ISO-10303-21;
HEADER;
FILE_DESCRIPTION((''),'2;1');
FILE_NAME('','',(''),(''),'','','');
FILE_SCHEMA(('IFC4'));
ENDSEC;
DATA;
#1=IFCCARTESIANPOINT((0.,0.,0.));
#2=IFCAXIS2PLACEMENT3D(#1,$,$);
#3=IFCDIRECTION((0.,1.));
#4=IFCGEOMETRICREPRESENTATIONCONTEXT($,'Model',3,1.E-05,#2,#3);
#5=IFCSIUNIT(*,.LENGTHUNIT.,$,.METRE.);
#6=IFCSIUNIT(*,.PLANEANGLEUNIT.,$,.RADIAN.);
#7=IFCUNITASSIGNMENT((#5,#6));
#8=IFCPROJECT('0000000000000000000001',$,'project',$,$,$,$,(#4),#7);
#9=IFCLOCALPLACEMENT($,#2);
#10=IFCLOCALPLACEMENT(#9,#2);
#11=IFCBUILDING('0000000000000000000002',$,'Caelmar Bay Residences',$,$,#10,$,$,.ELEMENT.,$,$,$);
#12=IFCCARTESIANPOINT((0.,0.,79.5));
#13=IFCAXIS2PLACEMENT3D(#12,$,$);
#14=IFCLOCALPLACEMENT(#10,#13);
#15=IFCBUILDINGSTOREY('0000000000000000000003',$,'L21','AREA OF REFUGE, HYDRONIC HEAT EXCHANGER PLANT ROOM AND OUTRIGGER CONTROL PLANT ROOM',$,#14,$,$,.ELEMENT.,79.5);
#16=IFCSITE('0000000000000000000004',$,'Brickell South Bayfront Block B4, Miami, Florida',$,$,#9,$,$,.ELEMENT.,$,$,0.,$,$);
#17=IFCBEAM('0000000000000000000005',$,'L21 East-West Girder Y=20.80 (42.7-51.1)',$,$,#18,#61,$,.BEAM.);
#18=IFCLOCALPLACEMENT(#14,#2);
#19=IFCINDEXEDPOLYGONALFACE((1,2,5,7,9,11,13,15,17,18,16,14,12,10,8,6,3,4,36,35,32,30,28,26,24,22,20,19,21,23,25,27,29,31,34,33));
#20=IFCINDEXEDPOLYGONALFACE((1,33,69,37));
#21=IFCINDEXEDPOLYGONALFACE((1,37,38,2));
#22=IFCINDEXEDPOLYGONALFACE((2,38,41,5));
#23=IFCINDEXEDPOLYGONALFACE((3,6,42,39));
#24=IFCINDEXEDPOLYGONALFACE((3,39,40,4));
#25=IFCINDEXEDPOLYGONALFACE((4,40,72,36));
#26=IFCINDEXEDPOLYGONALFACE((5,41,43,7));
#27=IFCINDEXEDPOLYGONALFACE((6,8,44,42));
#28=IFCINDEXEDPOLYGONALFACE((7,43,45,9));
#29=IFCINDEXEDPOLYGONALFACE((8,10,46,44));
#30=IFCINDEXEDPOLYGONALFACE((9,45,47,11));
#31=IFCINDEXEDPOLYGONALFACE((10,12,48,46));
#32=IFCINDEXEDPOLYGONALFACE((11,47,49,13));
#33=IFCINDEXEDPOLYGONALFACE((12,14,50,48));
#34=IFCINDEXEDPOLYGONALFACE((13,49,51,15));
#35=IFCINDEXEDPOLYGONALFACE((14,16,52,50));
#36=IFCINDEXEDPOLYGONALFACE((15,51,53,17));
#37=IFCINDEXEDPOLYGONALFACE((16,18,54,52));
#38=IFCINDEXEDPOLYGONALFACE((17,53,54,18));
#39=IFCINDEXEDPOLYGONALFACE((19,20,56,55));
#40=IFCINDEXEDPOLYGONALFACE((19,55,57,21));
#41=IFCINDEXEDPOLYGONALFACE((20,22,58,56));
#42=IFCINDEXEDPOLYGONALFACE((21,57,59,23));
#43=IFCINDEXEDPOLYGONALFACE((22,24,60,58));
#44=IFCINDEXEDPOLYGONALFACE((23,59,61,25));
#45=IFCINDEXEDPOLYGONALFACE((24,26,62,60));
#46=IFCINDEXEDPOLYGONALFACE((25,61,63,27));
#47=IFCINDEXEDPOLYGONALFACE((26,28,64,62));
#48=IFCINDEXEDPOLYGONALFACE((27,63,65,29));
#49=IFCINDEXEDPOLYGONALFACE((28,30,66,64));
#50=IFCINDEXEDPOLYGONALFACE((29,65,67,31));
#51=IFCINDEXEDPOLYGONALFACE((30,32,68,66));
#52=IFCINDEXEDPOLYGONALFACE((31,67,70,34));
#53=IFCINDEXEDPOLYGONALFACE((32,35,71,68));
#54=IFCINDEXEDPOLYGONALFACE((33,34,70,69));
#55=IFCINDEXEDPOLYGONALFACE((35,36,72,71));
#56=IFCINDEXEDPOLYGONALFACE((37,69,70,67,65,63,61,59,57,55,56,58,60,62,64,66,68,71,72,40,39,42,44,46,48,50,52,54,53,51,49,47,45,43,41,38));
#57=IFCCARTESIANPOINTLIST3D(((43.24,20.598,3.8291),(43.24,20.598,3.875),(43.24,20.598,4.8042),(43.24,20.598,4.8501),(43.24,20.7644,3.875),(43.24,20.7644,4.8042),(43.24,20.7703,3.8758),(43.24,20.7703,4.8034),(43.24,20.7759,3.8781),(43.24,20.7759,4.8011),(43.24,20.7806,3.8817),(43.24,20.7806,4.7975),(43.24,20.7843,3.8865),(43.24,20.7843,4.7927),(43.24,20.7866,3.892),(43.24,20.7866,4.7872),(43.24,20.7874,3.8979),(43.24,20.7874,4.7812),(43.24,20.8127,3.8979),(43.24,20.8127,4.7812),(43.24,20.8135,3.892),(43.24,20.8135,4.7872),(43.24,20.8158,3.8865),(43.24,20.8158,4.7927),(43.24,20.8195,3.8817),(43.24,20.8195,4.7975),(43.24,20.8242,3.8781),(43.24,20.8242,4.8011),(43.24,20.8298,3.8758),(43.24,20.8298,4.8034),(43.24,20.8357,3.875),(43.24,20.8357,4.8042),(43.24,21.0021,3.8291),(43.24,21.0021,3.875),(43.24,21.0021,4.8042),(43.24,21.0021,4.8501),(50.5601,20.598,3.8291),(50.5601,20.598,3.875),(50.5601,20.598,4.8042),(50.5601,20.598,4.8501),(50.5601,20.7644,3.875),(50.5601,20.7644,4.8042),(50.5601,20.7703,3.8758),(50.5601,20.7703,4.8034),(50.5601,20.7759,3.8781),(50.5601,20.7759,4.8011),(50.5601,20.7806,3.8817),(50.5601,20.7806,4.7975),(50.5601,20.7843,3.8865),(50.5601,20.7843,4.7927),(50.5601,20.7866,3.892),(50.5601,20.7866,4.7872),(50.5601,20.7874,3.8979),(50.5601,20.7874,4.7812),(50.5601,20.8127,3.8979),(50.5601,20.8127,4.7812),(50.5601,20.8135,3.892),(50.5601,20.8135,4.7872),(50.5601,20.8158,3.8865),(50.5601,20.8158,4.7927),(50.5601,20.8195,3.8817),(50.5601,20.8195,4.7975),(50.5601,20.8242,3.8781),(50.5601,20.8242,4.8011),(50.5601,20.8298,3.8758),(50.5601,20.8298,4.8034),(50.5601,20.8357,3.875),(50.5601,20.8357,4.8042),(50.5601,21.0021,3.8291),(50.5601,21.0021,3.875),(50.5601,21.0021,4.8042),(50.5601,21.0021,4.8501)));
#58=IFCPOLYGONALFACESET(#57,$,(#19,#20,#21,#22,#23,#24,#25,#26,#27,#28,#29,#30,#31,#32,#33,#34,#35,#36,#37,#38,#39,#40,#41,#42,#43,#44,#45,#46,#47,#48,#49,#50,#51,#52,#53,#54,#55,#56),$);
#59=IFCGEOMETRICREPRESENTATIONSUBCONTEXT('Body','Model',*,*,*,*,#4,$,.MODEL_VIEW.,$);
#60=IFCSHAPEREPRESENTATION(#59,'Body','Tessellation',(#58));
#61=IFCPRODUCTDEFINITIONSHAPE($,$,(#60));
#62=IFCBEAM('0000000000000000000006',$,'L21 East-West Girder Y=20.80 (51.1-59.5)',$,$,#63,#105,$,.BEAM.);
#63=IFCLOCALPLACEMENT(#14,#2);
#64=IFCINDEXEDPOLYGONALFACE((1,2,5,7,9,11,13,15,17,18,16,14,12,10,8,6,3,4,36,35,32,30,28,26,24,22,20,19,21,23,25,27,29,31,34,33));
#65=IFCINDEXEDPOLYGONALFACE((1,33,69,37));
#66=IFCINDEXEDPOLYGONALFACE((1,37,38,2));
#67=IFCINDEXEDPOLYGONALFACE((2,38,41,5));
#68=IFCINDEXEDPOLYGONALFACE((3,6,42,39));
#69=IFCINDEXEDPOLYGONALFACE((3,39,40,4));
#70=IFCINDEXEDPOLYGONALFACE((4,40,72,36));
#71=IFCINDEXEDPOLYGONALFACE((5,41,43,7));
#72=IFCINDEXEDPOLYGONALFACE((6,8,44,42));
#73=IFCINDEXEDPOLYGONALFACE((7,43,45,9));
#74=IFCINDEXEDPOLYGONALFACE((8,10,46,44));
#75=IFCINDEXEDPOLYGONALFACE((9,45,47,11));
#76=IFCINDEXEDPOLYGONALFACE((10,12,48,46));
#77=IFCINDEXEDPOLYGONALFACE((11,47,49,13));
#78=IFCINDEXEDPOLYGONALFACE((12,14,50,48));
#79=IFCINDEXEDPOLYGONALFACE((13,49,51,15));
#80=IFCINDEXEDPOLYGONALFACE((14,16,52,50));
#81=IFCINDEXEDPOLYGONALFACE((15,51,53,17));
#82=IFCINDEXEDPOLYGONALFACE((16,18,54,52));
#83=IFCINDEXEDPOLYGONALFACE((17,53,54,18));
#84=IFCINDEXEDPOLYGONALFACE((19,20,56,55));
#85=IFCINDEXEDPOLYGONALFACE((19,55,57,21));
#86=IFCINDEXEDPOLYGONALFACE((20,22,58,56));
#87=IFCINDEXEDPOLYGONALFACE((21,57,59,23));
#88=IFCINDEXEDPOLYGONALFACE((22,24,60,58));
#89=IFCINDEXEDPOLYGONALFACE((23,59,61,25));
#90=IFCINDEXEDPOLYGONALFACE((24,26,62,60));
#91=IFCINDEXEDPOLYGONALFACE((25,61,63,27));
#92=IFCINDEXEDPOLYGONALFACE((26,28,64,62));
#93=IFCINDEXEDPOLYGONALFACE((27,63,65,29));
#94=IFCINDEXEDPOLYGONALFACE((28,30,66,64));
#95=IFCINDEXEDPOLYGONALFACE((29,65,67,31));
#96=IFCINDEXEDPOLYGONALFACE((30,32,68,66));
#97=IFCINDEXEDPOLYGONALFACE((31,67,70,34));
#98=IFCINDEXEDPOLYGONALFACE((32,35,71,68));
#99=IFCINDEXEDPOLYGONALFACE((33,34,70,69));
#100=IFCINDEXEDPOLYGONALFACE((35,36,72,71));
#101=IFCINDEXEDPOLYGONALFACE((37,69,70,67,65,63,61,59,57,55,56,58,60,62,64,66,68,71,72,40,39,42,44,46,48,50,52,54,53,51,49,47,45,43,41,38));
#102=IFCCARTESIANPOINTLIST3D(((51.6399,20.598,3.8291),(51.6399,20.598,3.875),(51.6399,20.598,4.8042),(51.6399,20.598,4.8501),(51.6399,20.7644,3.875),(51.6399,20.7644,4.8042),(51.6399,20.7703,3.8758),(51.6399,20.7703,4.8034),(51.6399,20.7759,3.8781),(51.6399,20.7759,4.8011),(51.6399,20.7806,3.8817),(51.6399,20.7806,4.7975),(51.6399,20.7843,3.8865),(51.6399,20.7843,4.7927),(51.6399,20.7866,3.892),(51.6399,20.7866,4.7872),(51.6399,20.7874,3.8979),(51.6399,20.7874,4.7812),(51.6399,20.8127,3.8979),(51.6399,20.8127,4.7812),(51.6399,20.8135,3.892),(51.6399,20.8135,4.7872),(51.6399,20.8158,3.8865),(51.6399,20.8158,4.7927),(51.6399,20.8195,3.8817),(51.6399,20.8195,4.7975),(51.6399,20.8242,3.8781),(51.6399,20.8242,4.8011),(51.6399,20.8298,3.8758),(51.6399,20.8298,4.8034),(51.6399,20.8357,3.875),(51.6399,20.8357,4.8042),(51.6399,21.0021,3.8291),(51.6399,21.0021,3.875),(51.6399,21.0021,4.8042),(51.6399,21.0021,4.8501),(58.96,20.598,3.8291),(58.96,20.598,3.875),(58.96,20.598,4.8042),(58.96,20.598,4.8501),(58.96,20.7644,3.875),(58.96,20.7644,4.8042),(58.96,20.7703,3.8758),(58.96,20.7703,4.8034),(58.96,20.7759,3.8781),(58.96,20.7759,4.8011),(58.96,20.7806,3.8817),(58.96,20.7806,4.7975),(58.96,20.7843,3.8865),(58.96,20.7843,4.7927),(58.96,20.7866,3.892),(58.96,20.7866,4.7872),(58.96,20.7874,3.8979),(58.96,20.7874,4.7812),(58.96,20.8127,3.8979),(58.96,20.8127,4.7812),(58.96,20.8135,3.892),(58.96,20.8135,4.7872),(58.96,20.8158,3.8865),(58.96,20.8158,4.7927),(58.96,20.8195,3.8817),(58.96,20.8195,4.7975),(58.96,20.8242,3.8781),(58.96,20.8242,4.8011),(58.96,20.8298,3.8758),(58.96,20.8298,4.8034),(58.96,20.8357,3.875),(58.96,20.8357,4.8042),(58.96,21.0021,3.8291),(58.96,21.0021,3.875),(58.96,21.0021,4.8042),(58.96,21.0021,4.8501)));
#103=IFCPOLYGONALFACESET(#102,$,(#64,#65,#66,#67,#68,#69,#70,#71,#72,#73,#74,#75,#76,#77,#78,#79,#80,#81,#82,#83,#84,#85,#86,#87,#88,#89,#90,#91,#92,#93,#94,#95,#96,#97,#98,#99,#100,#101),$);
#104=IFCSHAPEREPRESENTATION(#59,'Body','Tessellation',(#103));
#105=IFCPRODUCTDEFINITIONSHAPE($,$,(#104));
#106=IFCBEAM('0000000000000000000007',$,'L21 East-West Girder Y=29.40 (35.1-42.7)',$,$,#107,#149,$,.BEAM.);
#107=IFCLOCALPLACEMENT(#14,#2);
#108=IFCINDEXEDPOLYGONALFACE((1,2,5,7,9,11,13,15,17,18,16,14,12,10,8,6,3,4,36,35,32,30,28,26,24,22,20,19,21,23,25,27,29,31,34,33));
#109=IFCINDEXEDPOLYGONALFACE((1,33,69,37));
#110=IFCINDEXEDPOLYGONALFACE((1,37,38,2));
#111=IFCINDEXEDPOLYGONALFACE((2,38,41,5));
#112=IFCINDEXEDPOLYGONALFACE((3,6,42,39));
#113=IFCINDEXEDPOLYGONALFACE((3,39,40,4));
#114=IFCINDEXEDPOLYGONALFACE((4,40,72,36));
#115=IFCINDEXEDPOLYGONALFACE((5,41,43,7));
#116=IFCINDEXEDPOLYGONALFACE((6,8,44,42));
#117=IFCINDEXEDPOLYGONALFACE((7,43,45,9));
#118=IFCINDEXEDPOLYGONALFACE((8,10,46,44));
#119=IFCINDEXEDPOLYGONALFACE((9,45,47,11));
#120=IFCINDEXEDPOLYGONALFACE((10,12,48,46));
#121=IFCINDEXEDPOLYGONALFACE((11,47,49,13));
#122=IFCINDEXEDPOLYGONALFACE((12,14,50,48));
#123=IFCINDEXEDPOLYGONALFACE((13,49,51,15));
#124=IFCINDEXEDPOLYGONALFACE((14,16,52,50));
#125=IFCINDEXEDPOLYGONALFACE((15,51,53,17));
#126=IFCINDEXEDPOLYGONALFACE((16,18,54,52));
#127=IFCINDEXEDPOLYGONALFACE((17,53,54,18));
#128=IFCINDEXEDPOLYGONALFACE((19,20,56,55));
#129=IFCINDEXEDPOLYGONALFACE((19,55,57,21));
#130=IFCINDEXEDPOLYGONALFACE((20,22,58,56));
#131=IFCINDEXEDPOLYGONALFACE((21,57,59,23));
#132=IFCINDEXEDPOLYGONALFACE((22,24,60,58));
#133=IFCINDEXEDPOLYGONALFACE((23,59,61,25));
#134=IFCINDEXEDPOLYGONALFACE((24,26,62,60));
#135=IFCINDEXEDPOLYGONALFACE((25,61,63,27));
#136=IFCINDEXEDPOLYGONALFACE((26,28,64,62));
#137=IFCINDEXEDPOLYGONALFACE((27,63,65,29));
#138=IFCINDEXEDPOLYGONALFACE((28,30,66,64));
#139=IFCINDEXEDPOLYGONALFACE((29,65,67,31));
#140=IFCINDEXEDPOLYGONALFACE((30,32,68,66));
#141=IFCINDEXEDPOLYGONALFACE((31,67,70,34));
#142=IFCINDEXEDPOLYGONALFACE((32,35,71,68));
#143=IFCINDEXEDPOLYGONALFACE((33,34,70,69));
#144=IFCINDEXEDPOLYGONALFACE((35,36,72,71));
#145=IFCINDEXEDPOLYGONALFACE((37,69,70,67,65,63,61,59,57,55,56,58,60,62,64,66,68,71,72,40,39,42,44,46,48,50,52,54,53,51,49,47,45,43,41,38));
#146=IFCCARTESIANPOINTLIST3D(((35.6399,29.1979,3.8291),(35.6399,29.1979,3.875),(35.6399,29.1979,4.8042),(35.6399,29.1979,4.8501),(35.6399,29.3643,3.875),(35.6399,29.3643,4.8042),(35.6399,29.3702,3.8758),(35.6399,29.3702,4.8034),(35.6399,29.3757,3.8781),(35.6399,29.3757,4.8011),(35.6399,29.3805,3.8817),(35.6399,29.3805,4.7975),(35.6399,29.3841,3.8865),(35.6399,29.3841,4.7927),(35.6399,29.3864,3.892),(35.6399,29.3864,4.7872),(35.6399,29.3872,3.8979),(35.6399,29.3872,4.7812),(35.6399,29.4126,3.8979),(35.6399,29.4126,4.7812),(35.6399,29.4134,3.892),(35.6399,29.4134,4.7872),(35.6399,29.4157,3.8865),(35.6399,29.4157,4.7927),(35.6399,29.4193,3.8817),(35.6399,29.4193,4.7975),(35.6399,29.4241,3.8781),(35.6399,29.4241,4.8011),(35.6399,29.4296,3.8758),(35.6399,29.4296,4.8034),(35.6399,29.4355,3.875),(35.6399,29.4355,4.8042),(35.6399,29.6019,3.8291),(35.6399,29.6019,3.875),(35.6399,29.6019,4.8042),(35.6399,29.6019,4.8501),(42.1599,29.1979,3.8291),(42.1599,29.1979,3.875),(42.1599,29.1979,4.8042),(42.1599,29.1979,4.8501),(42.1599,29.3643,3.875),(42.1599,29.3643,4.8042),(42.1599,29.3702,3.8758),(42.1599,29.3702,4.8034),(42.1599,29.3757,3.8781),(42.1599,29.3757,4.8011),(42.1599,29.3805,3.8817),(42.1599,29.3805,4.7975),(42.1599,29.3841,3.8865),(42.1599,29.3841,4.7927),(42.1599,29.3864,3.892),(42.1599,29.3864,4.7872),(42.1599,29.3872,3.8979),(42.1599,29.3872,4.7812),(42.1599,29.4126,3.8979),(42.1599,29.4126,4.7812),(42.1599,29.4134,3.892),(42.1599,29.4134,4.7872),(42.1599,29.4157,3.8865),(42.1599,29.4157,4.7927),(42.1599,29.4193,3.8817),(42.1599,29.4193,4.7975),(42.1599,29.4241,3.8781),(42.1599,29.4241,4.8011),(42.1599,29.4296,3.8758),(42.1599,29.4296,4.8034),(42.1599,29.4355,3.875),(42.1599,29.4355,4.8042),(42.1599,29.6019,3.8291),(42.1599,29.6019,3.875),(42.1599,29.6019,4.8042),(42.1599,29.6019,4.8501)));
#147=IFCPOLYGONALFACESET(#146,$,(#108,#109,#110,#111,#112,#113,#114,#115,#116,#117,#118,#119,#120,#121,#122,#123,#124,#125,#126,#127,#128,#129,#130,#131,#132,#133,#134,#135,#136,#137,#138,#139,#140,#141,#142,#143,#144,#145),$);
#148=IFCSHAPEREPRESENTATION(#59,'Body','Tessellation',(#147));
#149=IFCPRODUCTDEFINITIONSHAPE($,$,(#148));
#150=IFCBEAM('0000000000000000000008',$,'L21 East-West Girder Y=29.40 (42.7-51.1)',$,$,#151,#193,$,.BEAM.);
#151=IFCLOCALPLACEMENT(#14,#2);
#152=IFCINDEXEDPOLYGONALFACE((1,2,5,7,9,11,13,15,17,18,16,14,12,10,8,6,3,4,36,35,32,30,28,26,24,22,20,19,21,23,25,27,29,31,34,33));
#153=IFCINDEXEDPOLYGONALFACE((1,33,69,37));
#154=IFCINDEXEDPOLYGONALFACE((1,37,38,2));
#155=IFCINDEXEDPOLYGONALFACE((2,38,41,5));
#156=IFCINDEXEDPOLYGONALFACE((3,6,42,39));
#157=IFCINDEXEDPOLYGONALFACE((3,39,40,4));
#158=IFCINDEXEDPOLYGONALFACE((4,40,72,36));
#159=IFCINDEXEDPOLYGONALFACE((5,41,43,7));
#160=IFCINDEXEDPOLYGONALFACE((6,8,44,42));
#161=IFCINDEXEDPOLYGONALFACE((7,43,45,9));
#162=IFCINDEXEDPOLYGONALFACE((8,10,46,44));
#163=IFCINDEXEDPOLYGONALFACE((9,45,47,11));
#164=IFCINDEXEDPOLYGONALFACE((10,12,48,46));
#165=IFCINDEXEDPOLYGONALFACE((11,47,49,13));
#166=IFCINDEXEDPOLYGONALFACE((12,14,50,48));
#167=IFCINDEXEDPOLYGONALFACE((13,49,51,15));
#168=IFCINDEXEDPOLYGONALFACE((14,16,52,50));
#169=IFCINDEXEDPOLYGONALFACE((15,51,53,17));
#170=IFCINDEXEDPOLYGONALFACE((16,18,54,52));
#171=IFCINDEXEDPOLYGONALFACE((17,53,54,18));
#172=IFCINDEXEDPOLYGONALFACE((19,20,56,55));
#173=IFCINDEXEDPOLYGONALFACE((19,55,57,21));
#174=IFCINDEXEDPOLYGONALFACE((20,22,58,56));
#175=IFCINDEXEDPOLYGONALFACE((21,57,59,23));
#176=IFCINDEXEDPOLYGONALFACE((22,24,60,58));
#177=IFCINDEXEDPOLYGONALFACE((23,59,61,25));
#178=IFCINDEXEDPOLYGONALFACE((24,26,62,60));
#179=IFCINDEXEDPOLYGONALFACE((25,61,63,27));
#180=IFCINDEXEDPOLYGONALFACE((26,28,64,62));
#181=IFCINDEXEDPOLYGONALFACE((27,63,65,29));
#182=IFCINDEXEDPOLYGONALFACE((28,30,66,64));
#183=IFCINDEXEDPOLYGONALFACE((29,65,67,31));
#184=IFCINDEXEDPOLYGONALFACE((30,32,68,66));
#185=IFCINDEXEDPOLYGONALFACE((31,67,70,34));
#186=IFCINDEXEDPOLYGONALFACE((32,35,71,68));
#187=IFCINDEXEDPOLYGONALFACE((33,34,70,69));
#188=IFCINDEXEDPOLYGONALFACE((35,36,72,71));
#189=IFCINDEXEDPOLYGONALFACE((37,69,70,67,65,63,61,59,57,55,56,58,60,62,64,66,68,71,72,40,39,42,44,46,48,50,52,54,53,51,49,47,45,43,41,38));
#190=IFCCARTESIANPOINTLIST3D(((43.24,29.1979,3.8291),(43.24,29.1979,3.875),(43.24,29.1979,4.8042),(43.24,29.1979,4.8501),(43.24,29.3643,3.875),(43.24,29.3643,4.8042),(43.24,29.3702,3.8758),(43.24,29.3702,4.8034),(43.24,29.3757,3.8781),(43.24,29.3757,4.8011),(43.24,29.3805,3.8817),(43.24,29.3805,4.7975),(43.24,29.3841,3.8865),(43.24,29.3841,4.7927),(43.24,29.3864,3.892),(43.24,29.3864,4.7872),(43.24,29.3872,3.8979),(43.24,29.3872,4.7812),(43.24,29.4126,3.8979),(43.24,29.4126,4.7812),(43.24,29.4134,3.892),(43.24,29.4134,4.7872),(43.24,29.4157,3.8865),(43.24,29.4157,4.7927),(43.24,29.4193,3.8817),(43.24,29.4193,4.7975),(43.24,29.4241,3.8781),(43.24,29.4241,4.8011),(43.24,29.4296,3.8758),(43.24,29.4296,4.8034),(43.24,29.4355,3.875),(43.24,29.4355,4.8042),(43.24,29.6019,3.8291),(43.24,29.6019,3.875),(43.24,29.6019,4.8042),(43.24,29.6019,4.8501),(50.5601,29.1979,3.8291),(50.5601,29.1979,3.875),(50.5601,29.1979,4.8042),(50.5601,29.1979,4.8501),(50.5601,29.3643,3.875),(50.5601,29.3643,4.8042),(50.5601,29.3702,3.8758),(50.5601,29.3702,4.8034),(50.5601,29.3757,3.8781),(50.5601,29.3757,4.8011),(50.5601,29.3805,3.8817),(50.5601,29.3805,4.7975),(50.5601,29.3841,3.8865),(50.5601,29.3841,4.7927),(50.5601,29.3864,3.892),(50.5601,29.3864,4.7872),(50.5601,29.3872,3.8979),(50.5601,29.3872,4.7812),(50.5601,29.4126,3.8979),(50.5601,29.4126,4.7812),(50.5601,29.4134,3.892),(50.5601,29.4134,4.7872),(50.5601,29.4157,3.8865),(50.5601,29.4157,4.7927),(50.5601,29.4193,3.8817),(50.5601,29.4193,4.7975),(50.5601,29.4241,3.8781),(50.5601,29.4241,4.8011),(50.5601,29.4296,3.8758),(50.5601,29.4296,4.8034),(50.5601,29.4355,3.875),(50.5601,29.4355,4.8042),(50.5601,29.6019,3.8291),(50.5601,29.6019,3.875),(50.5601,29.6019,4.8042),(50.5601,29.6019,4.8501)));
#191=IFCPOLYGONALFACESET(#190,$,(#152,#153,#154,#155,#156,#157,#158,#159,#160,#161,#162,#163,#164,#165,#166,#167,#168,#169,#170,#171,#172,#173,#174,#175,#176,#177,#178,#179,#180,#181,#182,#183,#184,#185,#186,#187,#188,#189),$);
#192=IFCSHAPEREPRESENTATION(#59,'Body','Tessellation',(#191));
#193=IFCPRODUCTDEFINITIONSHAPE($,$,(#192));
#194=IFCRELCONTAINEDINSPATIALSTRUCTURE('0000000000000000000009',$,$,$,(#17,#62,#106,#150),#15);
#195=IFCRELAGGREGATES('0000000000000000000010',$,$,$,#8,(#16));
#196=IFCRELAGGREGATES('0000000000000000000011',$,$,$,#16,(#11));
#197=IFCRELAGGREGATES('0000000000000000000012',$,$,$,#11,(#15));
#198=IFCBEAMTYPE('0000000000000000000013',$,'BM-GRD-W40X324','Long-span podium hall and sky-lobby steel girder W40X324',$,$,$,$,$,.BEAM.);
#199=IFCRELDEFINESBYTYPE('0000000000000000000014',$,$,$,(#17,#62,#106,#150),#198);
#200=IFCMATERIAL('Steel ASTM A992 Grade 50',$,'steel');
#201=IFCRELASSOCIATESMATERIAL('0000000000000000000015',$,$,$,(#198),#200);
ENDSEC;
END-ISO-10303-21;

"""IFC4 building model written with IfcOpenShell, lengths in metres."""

from ifc_helpers import new_model, si_unit, direction, frame, origin, origin_2d, place, context, subcontext, project, spatial, i_section, extrude, material, material_profile, profile_set, type_object, element, save


model = new_model("IFC4")

# Units and contexts
model_context = context("Model", 3, precision=1e-05, world=origin(), true_north=direction((0.0, 1.0)))
body_context = subcontext(model_context, "Body", "Model", "MODEL_VIEW")
ifc_project = project(units=[si_unit("LENGTHUNIT", "METRE"), si_unit("PLANEANGLEUNIT", "RADIAN")], contexts=[model_context])

# Site, building, storey
site_placement = place(None, origin())
site = spatial("IfcSite", under=ifc_project, at=site_placement, Name="Brickell South Bayfront Block B4, Miami, Florida", CompositionType="ELEMENT", RefElevation=0.0)
building_placement = place(site_placement, origin())
building = spatial("IfcBuilding", under=site, at=building_placement, Name="Caelmar Bay Residences", CompositionType="ELEMENT")
storey_placement = place(building_placement, frame((0.0, 0.0, 79.5)))
storey = spatial("IfcBuildingStorey", under=building, at=storey_placement, Name="L21", Description="AREA OF REFUGE, HYDRONIC HEAT EXCHANGER PLANT ROOM AND OUTRIGGER CONTROL PLANT ROOM", CompositionType="ELEMENT", Elevation=79.5)

# Beams
ifc_material_1 = material(Name="Steel ASTM A992 Grade 50", Category="steel")
ifc_material_profile_1 = material_profile(ifc_material_1, i_section(OverallWidth=0.4041, OverallDepth=1.021, WebThickness=0.0254, FlangeThickness=0.0459, FilletRadius=0.0229, at=origin_2d()), Name="W40X324")
ifc_profile_set_1 = profile_set([ifc_material_profile_1], Name="Steel ASTM A992 Grade 50")
beam_type_1 = type_object("IfcBeamType", Name="BM-GRD-W40X324", Description="Long-span podium hall and sky-lobby steel girder W40X324", PredefinedType="BEAM", material=ifc_profile_set_1)
for number, where, z_axis, x_axis, name in (
    (1, (43.24, 20.8, 4.3396), (1.0, 0.0, 0.0), (0.0, 1.0, 0.0), "L21 East-West Girder Y=20.80 (42.7-51.1)"),
    (2, (51.6399, 20.8, 4.3396), (1.0, 0.0, 0.0), (0.0, 1.0, 0.0), "L21 East-West Girder Y=20.80 (51.1-59.5)"),
):
    element("IfcBeam", number, at=place(storey_placement, frame(where, z_axis=z_axis, x_axis=x_axis)), inside=storey, type_object=beam_type_1, Name=name, PredefinedType="BEAM", context=body_context, shape_type="SweptSolid", body=[
        extrude(i_section(OverallWidth=0.4041, OverallDepth=1.021, WebThickness=0.0254, FlangeThickness=0.0459, FilletRadius=0.0229, at=origin_2d()), origin(), (0.0, 0.0, 1.0), 7.3201),
    ])
beam_1_placement = place(storey_placement, frame((35.6399, 29.3999, 4.3396), z_axis=(1.0, 0.0, 0.0), x_axis=(0.0, 1.0, 0.0)))
element("IfcBeam", 3, at=beam_1_placement, inside=storey, type_object=beam_type_1, Name="L21 East-West Girder Y=29.40 (35.1-42.7)", PredefinedType="BEAM", context=body_context, shape_type="SweptSolid", body=[
    extrude(i_section(OverallWidth=0.4041, OverallDepth=1.021, WebThickness=0.0254, FlangeThickness=0.0459, FilletRadius=0.0229, at=origin_2d()), origin(), (0.0, 0.0, 1.0), 6.52),
])
for number, where, z_axis, x_axis, name in (
    (4, (43.24, 29.3999, 4.3396), (1.0, 0.0, 0.0), (0.0, 1.0, 0.0), "L21 East-West Girder Y=29.40 (42.7-51.1)"),
):
    element("IfcBeam", number, at=place(storey_placement, frame(where, z_axis=z_axis, x_axis=x_axis)), inside=storey, type_object=beam_type_1, Name=name, PredefinedType="BEAM", context=body_context, shape_type="SweptSolid", body=[
        extrude(i_section(OverallWidth=0.4041, OverallDepth=1.021, WebThickness=0.0254, FlangeThickness=0.0459, FilletRadius=0.0229, at=origin_2d()), origin(), (0.0, 0.0, 1.0), 7.3201),
    ])

save(model, "model.ifc")
